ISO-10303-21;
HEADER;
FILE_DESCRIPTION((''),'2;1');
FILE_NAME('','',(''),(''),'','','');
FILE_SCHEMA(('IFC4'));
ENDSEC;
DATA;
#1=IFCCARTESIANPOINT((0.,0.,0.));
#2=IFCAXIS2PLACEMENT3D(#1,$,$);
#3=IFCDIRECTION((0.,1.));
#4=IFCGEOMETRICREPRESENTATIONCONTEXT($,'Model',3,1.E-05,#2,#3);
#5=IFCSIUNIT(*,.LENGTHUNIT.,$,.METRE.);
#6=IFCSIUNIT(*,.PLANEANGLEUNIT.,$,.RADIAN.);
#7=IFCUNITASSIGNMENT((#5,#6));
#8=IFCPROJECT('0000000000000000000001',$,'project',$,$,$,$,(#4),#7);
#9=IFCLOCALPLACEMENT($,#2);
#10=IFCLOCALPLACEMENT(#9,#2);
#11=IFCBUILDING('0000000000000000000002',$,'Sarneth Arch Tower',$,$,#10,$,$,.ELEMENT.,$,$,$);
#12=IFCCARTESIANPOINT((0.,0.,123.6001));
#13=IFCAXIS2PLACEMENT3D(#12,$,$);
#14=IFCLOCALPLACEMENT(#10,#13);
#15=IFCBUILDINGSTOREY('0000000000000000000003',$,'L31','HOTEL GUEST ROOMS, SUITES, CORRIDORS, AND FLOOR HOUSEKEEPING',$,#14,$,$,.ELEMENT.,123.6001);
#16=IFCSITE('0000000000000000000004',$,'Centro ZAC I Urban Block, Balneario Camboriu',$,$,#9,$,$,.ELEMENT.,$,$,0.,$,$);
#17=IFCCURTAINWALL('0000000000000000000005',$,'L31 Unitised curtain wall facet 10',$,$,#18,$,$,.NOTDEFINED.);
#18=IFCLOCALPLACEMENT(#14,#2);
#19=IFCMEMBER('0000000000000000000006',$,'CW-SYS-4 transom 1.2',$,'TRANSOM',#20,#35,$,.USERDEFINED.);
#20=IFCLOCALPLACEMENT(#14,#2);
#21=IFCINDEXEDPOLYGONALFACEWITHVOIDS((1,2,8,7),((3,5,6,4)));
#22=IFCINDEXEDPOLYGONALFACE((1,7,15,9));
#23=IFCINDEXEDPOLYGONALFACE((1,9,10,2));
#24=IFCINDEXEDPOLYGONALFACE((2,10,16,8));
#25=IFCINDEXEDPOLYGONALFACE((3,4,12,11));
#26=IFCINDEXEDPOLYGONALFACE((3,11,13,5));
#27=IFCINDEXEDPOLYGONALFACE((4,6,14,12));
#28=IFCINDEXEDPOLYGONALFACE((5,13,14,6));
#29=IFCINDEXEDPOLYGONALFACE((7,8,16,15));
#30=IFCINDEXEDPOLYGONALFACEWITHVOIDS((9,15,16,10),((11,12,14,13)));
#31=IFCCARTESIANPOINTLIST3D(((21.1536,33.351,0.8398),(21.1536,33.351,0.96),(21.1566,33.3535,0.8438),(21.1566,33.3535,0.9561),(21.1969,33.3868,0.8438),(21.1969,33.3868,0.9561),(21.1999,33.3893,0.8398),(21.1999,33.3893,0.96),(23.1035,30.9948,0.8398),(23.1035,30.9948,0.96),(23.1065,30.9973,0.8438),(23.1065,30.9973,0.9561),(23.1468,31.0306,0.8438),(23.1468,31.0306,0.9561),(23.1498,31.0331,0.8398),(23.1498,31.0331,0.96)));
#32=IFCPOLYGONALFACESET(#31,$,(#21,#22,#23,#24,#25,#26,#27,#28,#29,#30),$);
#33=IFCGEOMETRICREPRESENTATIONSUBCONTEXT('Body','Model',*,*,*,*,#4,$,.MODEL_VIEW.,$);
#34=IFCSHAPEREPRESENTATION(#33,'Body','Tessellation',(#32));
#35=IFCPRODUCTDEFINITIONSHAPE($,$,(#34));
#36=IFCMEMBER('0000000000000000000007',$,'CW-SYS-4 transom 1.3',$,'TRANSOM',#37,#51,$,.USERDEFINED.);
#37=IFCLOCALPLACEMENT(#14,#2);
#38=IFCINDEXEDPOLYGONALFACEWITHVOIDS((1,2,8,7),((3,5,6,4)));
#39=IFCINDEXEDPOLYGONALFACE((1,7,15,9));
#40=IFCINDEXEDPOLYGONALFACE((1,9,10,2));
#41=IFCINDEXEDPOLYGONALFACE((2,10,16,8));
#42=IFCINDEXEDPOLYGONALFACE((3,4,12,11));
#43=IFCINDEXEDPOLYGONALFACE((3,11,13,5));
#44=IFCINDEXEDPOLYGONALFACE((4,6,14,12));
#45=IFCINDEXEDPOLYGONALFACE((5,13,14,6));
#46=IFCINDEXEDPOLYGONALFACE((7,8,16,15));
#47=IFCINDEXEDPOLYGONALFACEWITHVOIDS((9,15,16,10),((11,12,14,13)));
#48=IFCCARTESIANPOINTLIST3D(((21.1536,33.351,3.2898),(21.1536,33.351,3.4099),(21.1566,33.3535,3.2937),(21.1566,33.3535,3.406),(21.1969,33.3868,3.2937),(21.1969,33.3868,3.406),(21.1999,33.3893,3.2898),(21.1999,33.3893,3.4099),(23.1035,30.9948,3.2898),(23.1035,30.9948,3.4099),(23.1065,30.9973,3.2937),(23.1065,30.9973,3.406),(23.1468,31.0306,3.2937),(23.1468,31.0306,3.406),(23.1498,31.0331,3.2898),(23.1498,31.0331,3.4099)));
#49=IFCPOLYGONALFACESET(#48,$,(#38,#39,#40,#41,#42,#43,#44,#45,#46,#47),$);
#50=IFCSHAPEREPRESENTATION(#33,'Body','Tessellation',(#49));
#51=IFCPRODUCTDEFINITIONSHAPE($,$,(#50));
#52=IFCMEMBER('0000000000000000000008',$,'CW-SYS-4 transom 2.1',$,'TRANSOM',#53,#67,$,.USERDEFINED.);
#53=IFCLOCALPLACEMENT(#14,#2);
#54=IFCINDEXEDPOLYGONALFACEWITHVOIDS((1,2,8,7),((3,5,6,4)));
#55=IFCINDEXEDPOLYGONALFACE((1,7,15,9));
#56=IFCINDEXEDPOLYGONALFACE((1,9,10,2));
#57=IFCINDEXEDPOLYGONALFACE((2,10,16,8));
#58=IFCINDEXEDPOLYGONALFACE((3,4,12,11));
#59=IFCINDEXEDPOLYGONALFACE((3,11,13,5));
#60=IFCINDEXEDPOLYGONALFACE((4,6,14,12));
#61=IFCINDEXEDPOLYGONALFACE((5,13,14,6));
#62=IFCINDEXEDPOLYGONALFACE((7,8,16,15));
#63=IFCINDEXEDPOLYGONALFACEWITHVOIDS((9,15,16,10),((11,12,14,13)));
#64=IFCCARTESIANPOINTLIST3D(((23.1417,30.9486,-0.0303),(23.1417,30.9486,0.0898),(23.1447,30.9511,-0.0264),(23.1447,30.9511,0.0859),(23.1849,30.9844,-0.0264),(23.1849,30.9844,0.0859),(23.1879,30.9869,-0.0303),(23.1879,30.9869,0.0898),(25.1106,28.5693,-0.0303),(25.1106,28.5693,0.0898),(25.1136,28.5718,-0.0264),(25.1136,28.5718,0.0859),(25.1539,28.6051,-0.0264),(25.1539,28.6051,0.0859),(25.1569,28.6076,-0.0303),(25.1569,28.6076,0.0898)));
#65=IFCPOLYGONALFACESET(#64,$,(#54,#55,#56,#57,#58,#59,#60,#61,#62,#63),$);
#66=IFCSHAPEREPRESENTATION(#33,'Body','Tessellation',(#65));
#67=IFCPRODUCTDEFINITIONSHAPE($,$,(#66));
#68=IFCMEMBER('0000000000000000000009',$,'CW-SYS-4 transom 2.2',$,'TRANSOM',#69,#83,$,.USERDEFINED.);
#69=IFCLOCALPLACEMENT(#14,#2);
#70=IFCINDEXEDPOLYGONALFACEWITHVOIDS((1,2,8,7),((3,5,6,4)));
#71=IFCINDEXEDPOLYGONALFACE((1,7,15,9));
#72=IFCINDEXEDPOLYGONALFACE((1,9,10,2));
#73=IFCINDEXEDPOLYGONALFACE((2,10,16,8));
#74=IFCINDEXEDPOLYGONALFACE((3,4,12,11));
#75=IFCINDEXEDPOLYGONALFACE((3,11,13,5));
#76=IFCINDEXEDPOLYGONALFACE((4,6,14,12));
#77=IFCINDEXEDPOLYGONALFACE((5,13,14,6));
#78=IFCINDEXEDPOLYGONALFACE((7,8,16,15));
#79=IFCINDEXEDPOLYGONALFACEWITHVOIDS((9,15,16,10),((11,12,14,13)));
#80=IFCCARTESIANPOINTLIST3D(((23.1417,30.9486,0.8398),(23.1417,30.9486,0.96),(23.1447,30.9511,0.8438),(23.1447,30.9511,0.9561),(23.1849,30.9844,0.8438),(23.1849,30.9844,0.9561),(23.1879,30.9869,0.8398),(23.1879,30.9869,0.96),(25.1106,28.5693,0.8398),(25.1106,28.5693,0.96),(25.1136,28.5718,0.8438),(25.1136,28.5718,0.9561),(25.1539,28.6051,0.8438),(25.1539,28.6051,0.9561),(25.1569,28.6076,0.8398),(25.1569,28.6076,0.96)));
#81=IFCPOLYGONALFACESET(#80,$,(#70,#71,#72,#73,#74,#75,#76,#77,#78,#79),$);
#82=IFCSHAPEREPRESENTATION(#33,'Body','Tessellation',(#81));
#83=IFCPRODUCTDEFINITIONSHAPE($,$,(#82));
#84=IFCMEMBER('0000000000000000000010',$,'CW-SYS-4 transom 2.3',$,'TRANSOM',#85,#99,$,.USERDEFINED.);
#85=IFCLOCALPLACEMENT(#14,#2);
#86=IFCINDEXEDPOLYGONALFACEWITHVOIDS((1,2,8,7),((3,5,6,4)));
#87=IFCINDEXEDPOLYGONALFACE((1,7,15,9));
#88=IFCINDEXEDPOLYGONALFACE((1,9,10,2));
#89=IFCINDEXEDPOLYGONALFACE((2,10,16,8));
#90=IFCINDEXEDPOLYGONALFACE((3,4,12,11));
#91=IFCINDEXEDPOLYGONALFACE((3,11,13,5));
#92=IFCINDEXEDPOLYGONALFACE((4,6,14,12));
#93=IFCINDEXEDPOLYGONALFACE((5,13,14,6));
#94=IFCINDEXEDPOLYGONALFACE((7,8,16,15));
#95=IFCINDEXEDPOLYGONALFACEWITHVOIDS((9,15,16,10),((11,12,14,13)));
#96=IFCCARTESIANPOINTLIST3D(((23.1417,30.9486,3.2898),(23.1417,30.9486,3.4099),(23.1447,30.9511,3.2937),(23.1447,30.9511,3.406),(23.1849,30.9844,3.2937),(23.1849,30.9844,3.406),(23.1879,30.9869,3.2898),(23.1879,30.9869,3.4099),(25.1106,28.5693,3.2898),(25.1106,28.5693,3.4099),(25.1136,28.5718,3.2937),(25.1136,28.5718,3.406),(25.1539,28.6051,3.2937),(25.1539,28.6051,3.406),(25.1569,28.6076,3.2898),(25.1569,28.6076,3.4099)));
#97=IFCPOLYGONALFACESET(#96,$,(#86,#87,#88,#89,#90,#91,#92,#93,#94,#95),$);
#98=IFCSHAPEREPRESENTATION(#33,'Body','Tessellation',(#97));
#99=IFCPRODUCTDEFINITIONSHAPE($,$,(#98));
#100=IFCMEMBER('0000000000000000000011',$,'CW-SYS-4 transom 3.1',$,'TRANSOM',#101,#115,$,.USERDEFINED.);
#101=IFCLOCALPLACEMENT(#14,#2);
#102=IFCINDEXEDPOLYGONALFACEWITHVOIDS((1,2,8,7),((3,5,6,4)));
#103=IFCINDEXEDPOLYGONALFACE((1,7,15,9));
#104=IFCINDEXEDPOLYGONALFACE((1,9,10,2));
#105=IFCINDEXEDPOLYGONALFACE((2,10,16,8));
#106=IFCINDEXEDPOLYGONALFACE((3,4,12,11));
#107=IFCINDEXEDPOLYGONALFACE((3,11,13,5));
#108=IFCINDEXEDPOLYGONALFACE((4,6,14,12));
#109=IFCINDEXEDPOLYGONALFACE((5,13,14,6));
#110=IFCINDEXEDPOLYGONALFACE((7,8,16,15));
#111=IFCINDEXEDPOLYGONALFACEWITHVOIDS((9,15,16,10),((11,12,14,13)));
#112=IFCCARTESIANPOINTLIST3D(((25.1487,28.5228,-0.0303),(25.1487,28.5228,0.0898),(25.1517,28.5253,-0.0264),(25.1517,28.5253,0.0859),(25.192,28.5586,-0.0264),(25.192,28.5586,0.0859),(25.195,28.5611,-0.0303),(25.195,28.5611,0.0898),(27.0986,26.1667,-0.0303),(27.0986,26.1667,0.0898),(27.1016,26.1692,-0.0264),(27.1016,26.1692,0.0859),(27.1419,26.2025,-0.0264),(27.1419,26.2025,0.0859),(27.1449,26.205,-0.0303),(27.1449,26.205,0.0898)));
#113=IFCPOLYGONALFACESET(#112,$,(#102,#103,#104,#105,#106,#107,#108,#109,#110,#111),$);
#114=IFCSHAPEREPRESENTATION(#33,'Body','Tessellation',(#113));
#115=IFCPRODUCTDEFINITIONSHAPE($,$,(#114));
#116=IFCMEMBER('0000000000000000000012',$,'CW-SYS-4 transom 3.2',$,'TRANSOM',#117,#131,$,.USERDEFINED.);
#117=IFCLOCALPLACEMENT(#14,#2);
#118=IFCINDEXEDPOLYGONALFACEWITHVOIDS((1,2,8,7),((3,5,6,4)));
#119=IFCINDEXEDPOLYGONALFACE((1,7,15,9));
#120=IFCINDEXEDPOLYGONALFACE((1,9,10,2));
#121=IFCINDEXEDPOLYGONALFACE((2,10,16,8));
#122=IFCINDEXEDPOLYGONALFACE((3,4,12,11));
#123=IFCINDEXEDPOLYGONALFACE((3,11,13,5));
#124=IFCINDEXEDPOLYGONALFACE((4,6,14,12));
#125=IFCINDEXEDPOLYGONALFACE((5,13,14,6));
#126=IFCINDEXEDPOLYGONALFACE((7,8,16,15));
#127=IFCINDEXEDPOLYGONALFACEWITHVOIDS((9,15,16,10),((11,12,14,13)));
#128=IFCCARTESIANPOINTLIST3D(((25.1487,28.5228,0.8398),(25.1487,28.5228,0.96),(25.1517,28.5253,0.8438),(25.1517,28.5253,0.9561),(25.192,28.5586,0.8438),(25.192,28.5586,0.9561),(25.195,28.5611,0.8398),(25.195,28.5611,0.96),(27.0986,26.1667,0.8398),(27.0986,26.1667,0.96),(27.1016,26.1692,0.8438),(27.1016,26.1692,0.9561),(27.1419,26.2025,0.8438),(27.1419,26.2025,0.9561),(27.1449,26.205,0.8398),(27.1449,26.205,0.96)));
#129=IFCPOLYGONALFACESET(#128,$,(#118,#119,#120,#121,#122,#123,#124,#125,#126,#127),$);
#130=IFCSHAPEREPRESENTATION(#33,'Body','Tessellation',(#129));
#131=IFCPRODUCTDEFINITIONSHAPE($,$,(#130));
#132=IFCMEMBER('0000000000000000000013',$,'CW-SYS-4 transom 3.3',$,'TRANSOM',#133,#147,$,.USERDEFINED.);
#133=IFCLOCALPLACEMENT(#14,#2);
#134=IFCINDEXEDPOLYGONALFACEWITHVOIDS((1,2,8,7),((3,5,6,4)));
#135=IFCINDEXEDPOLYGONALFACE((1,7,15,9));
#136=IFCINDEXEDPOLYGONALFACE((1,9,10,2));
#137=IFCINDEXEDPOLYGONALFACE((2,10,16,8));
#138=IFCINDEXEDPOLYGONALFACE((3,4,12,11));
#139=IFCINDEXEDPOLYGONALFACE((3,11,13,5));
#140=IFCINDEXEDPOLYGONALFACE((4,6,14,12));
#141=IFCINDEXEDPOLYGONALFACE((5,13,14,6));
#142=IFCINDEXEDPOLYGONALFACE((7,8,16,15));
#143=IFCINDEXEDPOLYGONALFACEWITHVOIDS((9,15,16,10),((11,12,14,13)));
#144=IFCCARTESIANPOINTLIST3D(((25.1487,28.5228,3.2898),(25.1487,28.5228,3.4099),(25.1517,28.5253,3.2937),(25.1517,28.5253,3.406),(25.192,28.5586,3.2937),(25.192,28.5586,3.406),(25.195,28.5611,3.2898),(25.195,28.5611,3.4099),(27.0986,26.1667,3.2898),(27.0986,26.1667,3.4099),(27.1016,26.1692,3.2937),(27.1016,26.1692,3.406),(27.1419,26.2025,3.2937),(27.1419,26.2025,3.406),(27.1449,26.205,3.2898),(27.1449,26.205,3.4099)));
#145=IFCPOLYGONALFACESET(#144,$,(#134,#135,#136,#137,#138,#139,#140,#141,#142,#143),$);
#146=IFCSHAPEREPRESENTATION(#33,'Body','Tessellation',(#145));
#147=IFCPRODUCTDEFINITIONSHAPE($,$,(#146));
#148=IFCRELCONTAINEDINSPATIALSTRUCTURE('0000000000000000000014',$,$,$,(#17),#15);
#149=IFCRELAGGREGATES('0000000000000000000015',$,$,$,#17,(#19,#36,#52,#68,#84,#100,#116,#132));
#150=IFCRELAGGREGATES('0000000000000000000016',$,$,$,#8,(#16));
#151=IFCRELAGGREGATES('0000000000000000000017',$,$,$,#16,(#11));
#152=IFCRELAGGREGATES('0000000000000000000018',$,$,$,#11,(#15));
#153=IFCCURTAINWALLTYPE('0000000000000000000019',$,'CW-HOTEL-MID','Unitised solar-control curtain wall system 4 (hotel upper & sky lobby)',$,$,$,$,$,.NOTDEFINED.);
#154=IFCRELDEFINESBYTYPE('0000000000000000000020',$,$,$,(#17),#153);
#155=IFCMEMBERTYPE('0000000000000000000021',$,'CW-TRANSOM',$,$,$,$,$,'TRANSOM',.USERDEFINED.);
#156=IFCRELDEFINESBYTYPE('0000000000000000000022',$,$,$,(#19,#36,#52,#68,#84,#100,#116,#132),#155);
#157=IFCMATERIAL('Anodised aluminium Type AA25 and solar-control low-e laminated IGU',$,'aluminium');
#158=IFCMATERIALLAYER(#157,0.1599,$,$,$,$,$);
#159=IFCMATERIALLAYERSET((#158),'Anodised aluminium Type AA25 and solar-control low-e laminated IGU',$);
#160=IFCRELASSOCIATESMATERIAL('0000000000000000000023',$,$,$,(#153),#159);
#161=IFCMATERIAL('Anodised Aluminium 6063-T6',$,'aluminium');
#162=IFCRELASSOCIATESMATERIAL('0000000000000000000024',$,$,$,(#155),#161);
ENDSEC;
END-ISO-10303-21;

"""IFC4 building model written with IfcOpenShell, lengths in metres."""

from ifc_helpers import new_model, si_unit, direction, frame, origin, origin_2d, place, context, subcontext, project, spatial, hollow_rectangle, extrude, material, layer, layer_set, material_profile, profile_set, type_object, element, aggregate, save


model = new_model("IFC4")

# Units and contexts
model_context = context("Model", 3, precision=1e-05, world=origin(), true_north=direction((0.0, 1.0)))
body_context = subcontext(model_context, "Body", "Model", "MODEL_VIEW")
ifc_project = project(units=[si_unit("LENGTHUNIT", "METRE"), si_unit("PLANEANGLEUNIT", "RADIAN")], contexts=[model_context])

# Site, building, storey
site_placement = place(None, origin())
site = spatial("IfcSite", under=ifc_project, at=site_placement, Name="Centro ZAC I Urban Block, Balneario Camboriu", CompositionType="ELEMENT", RefElevation=0.0)
building_placement = place(site_placement, origin())
building = spatial("IfcBuilding", under=site, at=building_placement, Name="Sarneth Arch Tower", CompositionType="ELEMENT")
storey_placement = place(building_placement, frame((0.0, 0.0, 123.6001)))
storey = spatial("IfcBuildingStorey", under=building, at=storey_placement, Name="L31", Description="HOTEL GUEST ROOMS, SUITES, CORRIDORS, AND FLOOR HOUSEKEEPING", CompositionType="ELEMENT", Elevation=123.6001)

# Curtain wall, members
ifc_material_1 = material(Name="Anodised aluminium Type AA25 and solar-control low-e laminated IGU", Category="aluminium")
ifc_layer_1 = layer(ifc_material_1, 0.1599)
ifc_layer_set_1 = layer_set([ifc_layer_1], Name="Anodised aluminium Type AA25 and solar-control low-e laminated IGU")
curtain_wall_type = type_object("IfcCurtainWallType", Name="CW-HOTEL-MID", Description="Unitised solar-control curtain wall system 4 (hotel upper & sky lobby)", PredefinedType="NOTDEFINED", material=ifc_layer_set_1)
curtain_wall_placement = place(storey_placement, origin())
curtain_wall = element("IfcCurtainWall", 1, at=curtain_wall_placement, inside=storey, type_object=curtain_wall_type, Name="L31 Unitised curtain wall facet 10", PredefinedType="NOTDEFINED")
ifc_material_2 = material(Name="Anodised Aluminium 6063-T6", Category="aluminium")
ifc_material_profile_1 = material_profile(ifc_material_2, hollow_rectangle(XDim=0.0601, YDim=0.1201, WallThickness=0.0039, at=origin_2d()), Name="AL-TRAN-120x60x4")
ifc_profile_set_1 = profile_set([ifc_material_profile_1], Name="Anodised Aluminium 6063-T6")
member_type_1 = type_object("IfcMemberType", Name="CW-TRANSOM", ElementType="TRANSOM", PredefinedType="USERDEFINED", material=ifc_profile_set_1)
member_1_placement = place(storey_placement, frame((21.1768, 33.3701, 0.8999), z_axis=(0.637566, -0.770396, 0.0), x_axis=(0.770396, 0.637566, 0.0)))
member_1 = element("IfcMember", 2, at=member_1_placement, type_object=member_type_1, Name="CW-SYS-4 transom 1.2", ObjectType="TRANSOM", PredefinedType="USERDEFINED", context=body_context, shape_type="SweptSolid", body=[
    extrude(hollow_rectangle(XDim=0.0601, YDim=0.1201, WallThickness=0.0039, at=origin_2d()), origin(), (0.0, 0.0, 1.0), 3.0583),
])
member_2_placement = place(storey_placement, frame((21.1768, 33.3701, 3.3499), z_axis=(0.637566, -0.770396, 0.0), x_axis=(0.770396, 0.637566, 0.0)))
member_2 = element("IfcMember", 3, at=member_2_placement, type_object=member_type_1, Name="CW-SYS-4 transom 1.3", ObjectType="TRANSOM", PredefinedType="USERDEFINED", context=body_context, shape_type="SweptSolid", body=[
    extrude(hollow_rectangle(XDim=0.0601, YDim=0.1201, WallThickness=0.0039, at=origin_2d()), origin(), (0.0, 0.0, 1.0), 3.0583),
])
member_3_placement = place(storey_placement, frame((23.1648, 30.9678, 0.0298), z_axis=(0.637537, -0.77042, 0.0), x_axis=(0.77042, 0.637537, 0.0)))
member_3 = element("IfcMember", 4, at=member_3_placement, type_object=member_type_1, Name="CW-SYS-4 transom 2.1", ObjectType="TRANSOM", PredefinedType="USERDEFINED", context=body_context, shape_type="SweptSolid", body=[
    extrude(hollow_rectangle(XDim=0.0601, YDim=0.1201, WallThickness=0.0039, at=origin_2d()), origin(), (0.0, 0.0, 1.0), 3.0884),
])
member_4_placement = place(storey_placement, frame((23.1648, 30.9678, 0.8999), z_axis=(0.637537, -0.77042, 0.0), x_axis=(0.77042, 0.637537, 0.0)))
member_4 = element("IfcMember", 5, at=member_4_placement, type_object=member_type_1, Name="CW-SYS-4 transom 2.2", ObjectType="TRANSOM", PredefinedType="USERDEFINED", context=body_context, shape_type="SweptSolid", body=[
    extrude(hollow_rectangle(XDim=0.0601, YDim=0.1201, WallThickness=0.0039, at=origin_2d()), origin(), (0.0, 0.0, 1.0), 3.0884),
])
member_5_placement = place(storey_placement, frame((23.1648, 30.9678, 3.3499), z_axis=(0.637537, -0.77042, 0.0), x_axis=(0.77042, 0.637537, 0.0)))
member_5 = element("IfcMember", 6, at=member_5_placement, type_object=member_type_1, Name="CW-SYS-4 transom 2.3", ObjectType="TRANSOM", PredefinedType="USERDEFINED", context=body_context, shape_type="SweptSolid", body=[
    extrude(hollow_rectangle(XDim=0.0601, YDim=0.1201, WallThickness=0.0039, at=origin_2d()), origin(), (0.0, 0.0, 1.0), 3.0884),
])
member_6_placement = place(storey_placement, frame((25.1719, 28.542, 0.0298), z_axis=(0.637566, -0.770396, 0.0), x_axis=(0.770396, 0.637566, 0.0)))
member_6 = element("IfcMember", 7, at=member_6_placement, type_object=member_type_1, Name="CW-SYS-4 transom 3.1", ObjectType="TRANSOM", PredefinedType="USERDEFINED", context=body_context, shape_type="SweptSolid", body=[
    extrude(hollow_rectangle(XDim=0.0601, YDim=0.1201, WallThickness=0.0039, at=origin_2d()), origin(), (0.0, 0.0, 1.0), 3.0583),
])
member_7_placement = place(storey_placement, frame((25.1719, 28.542, 0.8999), z_axis=(0.637566, -0.770396, 0.0), x_axis=(0.770396, 0.637566, 0.0)))
member_7 = element("IfcMember", 8, at=member_7_placement, type_object=member_type_1, Name="CW-SYS-4 transom 3.2", ObjectType="TRANSOM", PredefinedType="USERDEFINED", context=body_context, shape_type="SweptSolid", body=[
    extrude(hollow_rectangle(XDim=0.0601, YDim=0.1201, WallThickness=0.0039, at=origin_2d()), origin(), (0.0, 0.0, 1.0), 3.0583),
])
member_8_placement = place(storey_placement, frame((25.1719, 28.542, 3.3499), z_axis=(0.637566, -0.770396, 0.0), x_axis=(0.770396, 0.637566, 0.0)))
member_8 = element("IfcMember", 9, at=member_8_placement, type_object=member_type_1, Name="CW-SYS-4 transom 3.3", ObjectType="TRANSOM", PredefinedType="USERDEFINED", context=body_context, shape_type="SweptSolid", body=[
    extrude(hollow_rectangle(XDim=0.0601, YDim=0.1201, WallThickness=0.0039, at=origin_2d()), origin(), (0.0, 0.0, 1.0), 3.0583),
])

aggregate(curtain_wall, [member_1, member_2, member_3, member_4, member_5, member_6, member_7, member_8])

save(model, "model.ifc")
